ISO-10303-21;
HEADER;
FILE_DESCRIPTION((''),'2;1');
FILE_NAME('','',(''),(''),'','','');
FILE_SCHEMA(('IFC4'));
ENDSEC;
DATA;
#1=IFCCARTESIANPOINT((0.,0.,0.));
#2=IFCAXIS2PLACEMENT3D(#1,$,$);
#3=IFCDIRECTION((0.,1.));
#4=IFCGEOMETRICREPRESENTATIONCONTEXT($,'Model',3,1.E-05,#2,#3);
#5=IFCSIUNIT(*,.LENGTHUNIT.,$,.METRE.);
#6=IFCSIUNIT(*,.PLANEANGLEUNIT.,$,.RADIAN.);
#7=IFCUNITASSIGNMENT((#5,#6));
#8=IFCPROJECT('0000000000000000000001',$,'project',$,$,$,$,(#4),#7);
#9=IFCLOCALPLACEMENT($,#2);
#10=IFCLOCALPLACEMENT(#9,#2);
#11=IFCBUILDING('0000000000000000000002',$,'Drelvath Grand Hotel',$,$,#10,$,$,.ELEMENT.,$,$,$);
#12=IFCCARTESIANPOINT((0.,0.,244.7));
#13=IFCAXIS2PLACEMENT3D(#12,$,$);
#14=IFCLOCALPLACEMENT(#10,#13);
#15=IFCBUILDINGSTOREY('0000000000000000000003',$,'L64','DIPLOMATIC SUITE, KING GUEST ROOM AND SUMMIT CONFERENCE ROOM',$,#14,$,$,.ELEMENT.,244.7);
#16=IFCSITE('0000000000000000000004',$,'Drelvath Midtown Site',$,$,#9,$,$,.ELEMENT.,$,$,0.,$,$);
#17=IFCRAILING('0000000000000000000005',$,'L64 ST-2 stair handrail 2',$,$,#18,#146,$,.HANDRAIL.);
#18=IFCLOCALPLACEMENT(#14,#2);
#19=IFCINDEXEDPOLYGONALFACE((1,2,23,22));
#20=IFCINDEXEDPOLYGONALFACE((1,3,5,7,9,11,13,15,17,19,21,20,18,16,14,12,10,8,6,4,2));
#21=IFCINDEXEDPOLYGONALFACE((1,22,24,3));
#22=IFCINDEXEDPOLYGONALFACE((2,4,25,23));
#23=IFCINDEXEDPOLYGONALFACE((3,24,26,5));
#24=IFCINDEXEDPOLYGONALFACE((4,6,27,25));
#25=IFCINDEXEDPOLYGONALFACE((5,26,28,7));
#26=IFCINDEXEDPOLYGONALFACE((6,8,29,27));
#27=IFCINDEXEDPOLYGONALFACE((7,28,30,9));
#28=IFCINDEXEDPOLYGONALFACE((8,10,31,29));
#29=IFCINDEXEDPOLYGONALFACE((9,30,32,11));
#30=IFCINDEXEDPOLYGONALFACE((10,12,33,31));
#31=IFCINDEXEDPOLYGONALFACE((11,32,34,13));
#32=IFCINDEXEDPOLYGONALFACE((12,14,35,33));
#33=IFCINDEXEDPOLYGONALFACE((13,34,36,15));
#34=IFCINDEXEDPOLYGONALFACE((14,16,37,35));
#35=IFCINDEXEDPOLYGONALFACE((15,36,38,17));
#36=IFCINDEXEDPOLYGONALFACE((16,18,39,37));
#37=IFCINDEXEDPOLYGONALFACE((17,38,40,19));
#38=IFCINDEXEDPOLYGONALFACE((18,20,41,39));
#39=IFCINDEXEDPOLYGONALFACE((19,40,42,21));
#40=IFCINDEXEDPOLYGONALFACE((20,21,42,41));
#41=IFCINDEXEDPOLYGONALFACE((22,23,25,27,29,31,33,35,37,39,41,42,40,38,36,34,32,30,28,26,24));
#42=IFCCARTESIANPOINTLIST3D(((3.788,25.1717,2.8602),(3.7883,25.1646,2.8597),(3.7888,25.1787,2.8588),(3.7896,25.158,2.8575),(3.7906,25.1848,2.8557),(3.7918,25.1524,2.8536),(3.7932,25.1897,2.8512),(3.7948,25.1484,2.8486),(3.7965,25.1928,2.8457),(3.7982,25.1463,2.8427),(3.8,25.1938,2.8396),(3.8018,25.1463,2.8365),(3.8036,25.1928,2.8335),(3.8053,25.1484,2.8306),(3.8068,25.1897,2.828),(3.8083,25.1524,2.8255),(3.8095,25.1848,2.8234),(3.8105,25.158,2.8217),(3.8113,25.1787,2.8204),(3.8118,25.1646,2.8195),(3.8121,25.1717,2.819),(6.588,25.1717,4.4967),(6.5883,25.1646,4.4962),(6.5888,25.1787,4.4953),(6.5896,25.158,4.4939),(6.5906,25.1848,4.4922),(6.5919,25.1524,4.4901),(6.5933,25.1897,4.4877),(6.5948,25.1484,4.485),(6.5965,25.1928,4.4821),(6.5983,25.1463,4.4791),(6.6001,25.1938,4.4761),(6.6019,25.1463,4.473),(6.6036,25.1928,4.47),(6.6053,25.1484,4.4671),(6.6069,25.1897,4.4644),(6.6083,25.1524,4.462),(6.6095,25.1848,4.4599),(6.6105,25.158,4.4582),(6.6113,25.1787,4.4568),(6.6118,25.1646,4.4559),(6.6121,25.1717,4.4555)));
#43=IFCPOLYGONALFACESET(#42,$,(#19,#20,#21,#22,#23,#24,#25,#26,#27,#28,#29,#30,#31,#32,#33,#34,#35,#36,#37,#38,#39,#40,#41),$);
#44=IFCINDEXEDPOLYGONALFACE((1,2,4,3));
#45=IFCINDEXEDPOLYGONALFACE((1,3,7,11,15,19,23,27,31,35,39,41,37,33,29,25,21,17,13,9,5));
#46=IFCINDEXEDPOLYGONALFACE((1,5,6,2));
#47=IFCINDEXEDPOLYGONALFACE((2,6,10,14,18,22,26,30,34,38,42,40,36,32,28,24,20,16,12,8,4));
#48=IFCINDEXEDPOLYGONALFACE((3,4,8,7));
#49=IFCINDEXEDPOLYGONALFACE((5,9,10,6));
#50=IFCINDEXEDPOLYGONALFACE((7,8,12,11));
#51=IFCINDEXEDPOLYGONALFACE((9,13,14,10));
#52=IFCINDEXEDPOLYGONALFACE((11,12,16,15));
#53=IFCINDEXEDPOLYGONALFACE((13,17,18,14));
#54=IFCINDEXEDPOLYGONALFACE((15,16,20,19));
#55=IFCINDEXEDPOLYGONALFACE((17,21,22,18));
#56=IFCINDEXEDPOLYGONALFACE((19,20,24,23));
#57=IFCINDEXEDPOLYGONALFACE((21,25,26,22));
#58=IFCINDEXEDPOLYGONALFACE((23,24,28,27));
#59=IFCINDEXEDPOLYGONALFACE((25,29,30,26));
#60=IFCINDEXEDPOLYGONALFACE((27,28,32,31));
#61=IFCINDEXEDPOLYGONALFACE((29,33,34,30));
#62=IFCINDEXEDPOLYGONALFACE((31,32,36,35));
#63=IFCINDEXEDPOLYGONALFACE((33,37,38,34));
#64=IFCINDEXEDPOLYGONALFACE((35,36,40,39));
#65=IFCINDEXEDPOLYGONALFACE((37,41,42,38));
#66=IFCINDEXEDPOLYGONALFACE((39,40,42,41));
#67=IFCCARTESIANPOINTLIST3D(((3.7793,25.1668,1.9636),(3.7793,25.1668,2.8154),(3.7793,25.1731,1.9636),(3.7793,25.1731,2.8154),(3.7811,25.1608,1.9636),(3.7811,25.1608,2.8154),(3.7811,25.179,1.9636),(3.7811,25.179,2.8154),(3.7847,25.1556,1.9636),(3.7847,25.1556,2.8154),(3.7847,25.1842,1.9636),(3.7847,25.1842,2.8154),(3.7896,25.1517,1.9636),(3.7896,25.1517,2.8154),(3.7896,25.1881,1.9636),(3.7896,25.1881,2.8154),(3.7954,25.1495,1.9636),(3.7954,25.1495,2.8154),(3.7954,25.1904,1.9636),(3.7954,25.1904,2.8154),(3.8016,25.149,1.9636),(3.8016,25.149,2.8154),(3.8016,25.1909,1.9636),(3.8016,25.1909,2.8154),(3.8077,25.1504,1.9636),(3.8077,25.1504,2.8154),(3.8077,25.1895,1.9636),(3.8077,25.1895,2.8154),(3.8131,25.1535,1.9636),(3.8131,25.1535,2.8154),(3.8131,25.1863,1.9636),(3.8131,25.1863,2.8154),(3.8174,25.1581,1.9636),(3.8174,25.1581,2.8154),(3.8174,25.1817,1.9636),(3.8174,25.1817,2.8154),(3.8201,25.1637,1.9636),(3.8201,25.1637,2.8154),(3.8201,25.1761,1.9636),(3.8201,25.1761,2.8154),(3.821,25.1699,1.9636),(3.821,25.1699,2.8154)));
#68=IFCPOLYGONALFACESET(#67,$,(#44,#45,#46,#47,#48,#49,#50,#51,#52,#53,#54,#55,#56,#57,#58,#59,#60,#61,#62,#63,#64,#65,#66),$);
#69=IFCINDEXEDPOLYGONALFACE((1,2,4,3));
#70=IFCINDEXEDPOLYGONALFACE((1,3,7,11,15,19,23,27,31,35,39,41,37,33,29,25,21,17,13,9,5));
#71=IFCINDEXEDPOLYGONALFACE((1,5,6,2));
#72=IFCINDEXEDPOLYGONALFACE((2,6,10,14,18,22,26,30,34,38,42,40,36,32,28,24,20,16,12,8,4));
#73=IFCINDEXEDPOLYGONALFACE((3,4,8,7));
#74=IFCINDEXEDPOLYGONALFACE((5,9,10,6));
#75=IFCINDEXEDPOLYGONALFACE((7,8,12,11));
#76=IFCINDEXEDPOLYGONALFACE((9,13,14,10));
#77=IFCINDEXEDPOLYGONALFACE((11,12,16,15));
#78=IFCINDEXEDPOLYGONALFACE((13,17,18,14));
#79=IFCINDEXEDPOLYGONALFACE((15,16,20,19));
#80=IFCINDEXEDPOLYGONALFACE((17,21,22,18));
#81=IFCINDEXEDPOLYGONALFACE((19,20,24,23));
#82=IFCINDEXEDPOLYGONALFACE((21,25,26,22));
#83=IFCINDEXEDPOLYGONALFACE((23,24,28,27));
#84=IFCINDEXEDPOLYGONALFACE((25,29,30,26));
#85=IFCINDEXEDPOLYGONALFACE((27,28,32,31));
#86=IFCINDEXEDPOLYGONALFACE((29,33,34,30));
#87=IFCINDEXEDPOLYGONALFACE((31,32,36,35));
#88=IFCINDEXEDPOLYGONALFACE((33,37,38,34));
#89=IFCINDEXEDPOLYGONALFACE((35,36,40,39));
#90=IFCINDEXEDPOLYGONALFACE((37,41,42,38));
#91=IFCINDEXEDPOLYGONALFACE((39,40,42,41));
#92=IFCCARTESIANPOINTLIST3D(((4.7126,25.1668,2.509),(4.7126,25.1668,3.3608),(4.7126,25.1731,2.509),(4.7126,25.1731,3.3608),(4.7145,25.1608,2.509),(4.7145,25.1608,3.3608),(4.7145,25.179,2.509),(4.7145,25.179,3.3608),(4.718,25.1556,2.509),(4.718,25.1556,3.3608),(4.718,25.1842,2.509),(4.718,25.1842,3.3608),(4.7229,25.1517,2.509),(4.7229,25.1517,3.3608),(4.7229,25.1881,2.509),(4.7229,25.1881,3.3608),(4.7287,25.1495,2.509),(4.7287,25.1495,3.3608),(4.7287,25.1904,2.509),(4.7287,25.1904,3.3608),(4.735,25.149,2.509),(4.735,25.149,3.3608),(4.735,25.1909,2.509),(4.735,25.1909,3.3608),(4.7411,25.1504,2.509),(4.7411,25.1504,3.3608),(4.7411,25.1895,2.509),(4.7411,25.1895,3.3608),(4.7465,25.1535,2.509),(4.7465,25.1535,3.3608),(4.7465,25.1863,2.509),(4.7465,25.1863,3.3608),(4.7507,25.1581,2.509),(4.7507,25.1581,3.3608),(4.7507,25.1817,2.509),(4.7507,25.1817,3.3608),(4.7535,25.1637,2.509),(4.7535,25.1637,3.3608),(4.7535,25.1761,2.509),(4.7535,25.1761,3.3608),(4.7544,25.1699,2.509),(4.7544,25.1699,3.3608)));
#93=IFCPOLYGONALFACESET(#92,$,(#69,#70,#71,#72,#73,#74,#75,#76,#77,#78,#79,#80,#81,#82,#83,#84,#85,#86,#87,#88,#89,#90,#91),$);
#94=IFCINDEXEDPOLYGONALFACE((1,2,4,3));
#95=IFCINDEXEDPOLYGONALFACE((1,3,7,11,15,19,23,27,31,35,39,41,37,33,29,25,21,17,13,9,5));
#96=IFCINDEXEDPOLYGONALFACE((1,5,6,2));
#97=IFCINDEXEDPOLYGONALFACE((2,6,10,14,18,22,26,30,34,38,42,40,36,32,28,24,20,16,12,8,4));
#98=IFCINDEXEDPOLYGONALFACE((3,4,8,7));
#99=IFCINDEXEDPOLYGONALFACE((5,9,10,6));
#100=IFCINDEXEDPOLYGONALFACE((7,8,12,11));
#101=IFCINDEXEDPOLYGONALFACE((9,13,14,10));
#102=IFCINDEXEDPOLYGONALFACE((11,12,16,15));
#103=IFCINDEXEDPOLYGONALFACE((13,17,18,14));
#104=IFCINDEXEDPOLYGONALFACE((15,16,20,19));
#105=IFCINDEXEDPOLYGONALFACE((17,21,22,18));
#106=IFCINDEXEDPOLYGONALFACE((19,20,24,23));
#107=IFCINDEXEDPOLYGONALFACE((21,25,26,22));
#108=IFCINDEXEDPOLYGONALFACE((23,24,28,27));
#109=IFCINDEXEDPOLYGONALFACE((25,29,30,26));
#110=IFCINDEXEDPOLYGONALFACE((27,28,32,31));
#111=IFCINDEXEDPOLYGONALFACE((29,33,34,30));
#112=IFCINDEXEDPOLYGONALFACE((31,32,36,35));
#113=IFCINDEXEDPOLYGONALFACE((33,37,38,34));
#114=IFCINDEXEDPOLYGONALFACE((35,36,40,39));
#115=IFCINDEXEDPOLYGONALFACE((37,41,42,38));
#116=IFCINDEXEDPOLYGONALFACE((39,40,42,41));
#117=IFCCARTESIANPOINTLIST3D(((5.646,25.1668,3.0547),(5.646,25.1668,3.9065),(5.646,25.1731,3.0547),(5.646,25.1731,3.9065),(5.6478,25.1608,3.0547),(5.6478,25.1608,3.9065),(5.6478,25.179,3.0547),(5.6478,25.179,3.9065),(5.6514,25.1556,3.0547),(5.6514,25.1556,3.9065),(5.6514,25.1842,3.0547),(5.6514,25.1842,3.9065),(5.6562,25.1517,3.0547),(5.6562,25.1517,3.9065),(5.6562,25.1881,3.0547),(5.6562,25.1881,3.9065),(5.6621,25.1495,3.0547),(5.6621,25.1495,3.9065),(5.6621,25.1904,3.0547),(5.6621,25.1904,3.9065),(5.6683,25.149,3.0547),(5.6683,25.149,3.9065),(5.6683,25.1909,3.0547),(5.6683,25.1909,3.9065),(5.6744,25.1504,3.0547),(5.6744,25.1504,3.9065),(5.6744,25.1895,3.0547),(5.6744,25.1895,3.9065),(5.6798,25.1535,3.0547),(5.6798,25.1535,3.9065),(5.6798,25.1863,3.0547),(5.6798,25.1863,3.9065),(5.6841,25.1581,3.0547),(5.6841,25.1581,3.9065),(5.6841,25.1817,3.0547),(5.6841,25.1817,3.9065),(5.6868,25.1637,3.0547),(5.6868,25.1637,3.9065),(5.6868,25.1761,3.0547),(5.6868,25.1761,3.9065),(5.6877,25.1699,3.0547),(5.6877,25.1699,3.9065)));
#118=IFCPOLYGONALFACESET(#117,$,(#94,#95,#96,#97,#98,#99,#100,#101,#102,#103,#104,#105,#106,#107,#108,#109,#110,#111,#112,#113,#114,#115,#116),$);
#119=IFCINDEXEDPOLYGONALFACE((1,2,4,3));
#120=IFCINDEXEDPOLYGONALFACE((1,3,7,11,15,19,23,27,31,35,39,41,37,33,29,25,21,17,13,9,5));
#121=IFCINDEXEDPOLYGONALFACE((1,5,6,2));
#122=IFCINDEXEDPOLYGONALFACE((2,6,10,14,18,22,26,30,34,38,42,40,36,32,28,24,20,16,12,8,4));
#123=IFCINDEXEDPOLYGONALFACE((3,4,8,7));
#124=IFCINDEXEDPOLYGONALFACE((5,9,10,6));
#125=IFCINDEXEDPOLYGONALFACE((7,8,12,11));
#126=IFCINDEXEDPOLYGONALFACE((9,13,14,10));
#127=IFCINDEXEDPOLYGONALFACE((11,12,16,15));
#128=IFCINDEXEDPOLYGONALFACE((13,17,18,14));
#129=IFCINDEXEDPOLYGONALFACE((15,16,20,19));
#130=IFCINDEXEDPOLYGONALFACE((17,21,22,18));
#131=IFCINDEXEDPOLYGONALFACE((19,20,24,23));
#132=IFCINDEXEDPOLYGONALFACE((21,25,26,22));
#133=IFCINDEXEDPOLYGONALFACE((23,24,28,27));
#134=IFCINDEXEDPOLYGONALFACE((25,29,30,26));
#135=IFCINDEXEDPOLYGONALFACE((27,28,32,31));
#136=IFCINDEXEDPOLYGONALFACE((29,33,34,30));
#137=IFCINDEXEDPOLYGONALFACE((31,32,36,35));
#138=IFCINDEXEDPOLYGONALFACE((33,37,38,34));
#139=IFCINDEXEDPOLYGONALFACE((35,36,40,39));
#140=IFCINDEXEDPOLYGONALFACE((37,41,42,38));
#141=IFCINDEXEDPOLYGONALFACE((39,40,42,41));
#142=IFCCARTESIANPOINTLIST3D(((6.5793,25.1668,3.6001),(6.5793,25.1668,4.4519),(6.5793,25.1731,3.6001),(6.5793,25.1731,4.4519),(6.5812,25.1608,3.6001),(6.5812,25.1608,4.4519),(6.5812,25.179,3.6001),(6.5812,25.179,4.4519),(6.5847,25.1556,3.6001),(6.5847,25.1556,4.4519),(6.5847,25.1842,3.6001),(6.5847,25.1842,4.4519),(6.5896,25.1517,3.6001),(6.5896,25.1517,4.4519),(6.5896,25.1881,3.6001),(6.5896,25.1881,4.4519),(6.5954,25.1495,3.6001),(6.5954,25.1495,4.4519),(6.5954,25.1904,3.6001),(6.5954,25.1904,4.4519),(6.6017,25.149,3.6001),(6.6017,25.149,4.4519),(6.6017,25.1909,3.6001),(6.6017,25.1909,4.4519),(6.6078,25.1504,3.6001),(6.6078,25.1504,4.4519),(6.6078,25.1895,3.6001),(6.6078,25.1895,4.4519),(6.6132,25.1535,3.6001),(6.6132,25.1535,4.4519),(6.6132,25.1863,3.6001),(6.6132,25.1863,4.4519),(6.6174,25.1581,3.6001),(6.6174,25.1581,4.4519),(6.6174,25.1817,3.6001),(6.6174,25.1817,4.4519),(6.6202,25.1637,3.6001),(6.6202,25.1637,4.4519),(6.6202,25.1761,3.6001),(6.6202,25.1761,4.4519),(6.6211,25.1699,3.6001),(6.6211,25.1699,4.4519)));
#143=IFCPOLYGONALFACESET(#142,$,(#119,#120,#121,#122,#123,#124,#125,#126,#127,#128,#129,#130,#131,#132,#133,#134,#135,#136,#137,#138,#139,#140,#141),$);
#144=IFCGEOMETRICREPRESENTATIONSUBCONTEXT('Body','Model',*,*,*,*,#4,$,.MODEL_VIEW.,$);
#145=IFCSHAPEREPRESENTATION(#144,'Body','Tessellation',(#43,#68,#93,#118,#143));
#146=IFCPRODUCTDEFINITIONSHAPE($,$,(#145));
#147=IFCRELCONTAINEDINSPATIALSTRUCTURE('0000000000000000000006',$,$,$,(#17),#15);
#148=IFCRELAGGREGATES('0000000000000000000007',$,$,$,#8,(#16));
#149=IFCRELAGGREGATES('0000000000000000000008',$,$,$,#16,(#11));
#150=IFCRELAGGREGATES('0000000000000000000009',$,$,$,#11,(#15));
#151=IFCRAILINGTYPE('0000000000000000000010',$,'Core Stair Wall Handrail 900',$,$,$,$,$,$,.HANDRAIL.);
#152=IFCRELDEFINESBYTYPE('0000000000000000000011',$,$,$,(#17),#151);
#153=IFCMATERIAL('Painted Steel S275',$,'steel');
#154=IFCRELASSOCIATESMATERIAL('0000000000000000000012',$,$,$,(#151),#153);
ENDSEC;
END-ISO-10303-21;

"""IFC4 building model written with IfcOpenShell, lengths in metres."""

from ifc_helpers import new_model, si_unit, direction, frame, origin, origin_2d, place, context, subcontext, project, spatial, circle, extrude, material, type_object, element, save


model = new_model("IFC4")

# Units and contexts
model_context = context("Model", 3, precision=1e-05, world=origin(), true_north=direction((0.0, 1.0)))
body_context = subcontext(model_context, "Body", "Model", "MODEL_VIEW")
ifc_project = project(units=[si_unit("LENGTHUNIT", "METRE"), si_unit("PLANEANGLEUNIT", "RADIAN")], contexts=[model_context])

# Site, building, storey
site_placement = place(None, origin())
site = spatial("IfcSite", under=ifc_project, at=site_placement, Name="Drelvath Midtown Site", CompositionType="ELEMENT", RefElevation=0.0)
building_placement = place(site_placement, origin())
building = spatial("IfcBuilding", under=site, at=building_placement, Name="Drelvath Grand Hotel", CompositionType="ELEMENT")
storey_placement = place(building_placement, frame((0.0, 0.0, 244.7)))
storey = spatial("IfcBuildingStorey", under=building, at=storey_placement, Name="L64", Description="DIPLOMATIC SUITE, KING GUEST ROOM AND SUMMIT CONFERENCE ROOM", CompositionType="ELEMENT", Elevation=244.7)

# Railing
ifc_material_1 = material(Name="Painted Steel S275", Category="steel")
railing_type_1 = type_object("IfcRailingType", Name="Core Stair Wall Handrail 900", PredefinedType="HANDRAIL", material=ifc_material_1)
railing_1_placement = place(storey_placement, frame((3.8, 25.1699, 1.9636)))
element("IfcRailing", 1, at=railing_1_placement, inside=storey, type_object=railing_type_1, Name="L64 ST-2 stair handrail 2", PredefinedType="HANDRAIL", context=body_context, shape_type="SweptSolid", body=[
    extrude(circle(Radius=0.0239, at=origin_2d()), frame((0.0, 0.0, 0.876), z_axis=(0.863361, 0.0, 0.504587), x_axis=(0.0, 1.0, 0.0)), (0.0, 0.0, 1.0), 3.2432),
    extrude(circle(Radius=0.021, at=origin_2d()), origin(), (0.0, 0.0, 1.0), 0.8518),
    extrude(circle(Radius=0.021, at=origin_2d()), frame((0.9333, 0.0, 0.5454)), (0.0, 0.0, 1.0), 0.8518),
    extrude(circle(Radius=0.021, at=origin_2d()), frame((1.8667, 0.0, 1.0911)), (0.0, 0.0, 1.0), 0.8518),
    extrude(circle(Radius=0.021, at=origin_2d()), frame((2.8, 0.0, 1.6365)), (0.0, 0.0, 1.0), 0.8518),
])

save(model, "model.ifc")
